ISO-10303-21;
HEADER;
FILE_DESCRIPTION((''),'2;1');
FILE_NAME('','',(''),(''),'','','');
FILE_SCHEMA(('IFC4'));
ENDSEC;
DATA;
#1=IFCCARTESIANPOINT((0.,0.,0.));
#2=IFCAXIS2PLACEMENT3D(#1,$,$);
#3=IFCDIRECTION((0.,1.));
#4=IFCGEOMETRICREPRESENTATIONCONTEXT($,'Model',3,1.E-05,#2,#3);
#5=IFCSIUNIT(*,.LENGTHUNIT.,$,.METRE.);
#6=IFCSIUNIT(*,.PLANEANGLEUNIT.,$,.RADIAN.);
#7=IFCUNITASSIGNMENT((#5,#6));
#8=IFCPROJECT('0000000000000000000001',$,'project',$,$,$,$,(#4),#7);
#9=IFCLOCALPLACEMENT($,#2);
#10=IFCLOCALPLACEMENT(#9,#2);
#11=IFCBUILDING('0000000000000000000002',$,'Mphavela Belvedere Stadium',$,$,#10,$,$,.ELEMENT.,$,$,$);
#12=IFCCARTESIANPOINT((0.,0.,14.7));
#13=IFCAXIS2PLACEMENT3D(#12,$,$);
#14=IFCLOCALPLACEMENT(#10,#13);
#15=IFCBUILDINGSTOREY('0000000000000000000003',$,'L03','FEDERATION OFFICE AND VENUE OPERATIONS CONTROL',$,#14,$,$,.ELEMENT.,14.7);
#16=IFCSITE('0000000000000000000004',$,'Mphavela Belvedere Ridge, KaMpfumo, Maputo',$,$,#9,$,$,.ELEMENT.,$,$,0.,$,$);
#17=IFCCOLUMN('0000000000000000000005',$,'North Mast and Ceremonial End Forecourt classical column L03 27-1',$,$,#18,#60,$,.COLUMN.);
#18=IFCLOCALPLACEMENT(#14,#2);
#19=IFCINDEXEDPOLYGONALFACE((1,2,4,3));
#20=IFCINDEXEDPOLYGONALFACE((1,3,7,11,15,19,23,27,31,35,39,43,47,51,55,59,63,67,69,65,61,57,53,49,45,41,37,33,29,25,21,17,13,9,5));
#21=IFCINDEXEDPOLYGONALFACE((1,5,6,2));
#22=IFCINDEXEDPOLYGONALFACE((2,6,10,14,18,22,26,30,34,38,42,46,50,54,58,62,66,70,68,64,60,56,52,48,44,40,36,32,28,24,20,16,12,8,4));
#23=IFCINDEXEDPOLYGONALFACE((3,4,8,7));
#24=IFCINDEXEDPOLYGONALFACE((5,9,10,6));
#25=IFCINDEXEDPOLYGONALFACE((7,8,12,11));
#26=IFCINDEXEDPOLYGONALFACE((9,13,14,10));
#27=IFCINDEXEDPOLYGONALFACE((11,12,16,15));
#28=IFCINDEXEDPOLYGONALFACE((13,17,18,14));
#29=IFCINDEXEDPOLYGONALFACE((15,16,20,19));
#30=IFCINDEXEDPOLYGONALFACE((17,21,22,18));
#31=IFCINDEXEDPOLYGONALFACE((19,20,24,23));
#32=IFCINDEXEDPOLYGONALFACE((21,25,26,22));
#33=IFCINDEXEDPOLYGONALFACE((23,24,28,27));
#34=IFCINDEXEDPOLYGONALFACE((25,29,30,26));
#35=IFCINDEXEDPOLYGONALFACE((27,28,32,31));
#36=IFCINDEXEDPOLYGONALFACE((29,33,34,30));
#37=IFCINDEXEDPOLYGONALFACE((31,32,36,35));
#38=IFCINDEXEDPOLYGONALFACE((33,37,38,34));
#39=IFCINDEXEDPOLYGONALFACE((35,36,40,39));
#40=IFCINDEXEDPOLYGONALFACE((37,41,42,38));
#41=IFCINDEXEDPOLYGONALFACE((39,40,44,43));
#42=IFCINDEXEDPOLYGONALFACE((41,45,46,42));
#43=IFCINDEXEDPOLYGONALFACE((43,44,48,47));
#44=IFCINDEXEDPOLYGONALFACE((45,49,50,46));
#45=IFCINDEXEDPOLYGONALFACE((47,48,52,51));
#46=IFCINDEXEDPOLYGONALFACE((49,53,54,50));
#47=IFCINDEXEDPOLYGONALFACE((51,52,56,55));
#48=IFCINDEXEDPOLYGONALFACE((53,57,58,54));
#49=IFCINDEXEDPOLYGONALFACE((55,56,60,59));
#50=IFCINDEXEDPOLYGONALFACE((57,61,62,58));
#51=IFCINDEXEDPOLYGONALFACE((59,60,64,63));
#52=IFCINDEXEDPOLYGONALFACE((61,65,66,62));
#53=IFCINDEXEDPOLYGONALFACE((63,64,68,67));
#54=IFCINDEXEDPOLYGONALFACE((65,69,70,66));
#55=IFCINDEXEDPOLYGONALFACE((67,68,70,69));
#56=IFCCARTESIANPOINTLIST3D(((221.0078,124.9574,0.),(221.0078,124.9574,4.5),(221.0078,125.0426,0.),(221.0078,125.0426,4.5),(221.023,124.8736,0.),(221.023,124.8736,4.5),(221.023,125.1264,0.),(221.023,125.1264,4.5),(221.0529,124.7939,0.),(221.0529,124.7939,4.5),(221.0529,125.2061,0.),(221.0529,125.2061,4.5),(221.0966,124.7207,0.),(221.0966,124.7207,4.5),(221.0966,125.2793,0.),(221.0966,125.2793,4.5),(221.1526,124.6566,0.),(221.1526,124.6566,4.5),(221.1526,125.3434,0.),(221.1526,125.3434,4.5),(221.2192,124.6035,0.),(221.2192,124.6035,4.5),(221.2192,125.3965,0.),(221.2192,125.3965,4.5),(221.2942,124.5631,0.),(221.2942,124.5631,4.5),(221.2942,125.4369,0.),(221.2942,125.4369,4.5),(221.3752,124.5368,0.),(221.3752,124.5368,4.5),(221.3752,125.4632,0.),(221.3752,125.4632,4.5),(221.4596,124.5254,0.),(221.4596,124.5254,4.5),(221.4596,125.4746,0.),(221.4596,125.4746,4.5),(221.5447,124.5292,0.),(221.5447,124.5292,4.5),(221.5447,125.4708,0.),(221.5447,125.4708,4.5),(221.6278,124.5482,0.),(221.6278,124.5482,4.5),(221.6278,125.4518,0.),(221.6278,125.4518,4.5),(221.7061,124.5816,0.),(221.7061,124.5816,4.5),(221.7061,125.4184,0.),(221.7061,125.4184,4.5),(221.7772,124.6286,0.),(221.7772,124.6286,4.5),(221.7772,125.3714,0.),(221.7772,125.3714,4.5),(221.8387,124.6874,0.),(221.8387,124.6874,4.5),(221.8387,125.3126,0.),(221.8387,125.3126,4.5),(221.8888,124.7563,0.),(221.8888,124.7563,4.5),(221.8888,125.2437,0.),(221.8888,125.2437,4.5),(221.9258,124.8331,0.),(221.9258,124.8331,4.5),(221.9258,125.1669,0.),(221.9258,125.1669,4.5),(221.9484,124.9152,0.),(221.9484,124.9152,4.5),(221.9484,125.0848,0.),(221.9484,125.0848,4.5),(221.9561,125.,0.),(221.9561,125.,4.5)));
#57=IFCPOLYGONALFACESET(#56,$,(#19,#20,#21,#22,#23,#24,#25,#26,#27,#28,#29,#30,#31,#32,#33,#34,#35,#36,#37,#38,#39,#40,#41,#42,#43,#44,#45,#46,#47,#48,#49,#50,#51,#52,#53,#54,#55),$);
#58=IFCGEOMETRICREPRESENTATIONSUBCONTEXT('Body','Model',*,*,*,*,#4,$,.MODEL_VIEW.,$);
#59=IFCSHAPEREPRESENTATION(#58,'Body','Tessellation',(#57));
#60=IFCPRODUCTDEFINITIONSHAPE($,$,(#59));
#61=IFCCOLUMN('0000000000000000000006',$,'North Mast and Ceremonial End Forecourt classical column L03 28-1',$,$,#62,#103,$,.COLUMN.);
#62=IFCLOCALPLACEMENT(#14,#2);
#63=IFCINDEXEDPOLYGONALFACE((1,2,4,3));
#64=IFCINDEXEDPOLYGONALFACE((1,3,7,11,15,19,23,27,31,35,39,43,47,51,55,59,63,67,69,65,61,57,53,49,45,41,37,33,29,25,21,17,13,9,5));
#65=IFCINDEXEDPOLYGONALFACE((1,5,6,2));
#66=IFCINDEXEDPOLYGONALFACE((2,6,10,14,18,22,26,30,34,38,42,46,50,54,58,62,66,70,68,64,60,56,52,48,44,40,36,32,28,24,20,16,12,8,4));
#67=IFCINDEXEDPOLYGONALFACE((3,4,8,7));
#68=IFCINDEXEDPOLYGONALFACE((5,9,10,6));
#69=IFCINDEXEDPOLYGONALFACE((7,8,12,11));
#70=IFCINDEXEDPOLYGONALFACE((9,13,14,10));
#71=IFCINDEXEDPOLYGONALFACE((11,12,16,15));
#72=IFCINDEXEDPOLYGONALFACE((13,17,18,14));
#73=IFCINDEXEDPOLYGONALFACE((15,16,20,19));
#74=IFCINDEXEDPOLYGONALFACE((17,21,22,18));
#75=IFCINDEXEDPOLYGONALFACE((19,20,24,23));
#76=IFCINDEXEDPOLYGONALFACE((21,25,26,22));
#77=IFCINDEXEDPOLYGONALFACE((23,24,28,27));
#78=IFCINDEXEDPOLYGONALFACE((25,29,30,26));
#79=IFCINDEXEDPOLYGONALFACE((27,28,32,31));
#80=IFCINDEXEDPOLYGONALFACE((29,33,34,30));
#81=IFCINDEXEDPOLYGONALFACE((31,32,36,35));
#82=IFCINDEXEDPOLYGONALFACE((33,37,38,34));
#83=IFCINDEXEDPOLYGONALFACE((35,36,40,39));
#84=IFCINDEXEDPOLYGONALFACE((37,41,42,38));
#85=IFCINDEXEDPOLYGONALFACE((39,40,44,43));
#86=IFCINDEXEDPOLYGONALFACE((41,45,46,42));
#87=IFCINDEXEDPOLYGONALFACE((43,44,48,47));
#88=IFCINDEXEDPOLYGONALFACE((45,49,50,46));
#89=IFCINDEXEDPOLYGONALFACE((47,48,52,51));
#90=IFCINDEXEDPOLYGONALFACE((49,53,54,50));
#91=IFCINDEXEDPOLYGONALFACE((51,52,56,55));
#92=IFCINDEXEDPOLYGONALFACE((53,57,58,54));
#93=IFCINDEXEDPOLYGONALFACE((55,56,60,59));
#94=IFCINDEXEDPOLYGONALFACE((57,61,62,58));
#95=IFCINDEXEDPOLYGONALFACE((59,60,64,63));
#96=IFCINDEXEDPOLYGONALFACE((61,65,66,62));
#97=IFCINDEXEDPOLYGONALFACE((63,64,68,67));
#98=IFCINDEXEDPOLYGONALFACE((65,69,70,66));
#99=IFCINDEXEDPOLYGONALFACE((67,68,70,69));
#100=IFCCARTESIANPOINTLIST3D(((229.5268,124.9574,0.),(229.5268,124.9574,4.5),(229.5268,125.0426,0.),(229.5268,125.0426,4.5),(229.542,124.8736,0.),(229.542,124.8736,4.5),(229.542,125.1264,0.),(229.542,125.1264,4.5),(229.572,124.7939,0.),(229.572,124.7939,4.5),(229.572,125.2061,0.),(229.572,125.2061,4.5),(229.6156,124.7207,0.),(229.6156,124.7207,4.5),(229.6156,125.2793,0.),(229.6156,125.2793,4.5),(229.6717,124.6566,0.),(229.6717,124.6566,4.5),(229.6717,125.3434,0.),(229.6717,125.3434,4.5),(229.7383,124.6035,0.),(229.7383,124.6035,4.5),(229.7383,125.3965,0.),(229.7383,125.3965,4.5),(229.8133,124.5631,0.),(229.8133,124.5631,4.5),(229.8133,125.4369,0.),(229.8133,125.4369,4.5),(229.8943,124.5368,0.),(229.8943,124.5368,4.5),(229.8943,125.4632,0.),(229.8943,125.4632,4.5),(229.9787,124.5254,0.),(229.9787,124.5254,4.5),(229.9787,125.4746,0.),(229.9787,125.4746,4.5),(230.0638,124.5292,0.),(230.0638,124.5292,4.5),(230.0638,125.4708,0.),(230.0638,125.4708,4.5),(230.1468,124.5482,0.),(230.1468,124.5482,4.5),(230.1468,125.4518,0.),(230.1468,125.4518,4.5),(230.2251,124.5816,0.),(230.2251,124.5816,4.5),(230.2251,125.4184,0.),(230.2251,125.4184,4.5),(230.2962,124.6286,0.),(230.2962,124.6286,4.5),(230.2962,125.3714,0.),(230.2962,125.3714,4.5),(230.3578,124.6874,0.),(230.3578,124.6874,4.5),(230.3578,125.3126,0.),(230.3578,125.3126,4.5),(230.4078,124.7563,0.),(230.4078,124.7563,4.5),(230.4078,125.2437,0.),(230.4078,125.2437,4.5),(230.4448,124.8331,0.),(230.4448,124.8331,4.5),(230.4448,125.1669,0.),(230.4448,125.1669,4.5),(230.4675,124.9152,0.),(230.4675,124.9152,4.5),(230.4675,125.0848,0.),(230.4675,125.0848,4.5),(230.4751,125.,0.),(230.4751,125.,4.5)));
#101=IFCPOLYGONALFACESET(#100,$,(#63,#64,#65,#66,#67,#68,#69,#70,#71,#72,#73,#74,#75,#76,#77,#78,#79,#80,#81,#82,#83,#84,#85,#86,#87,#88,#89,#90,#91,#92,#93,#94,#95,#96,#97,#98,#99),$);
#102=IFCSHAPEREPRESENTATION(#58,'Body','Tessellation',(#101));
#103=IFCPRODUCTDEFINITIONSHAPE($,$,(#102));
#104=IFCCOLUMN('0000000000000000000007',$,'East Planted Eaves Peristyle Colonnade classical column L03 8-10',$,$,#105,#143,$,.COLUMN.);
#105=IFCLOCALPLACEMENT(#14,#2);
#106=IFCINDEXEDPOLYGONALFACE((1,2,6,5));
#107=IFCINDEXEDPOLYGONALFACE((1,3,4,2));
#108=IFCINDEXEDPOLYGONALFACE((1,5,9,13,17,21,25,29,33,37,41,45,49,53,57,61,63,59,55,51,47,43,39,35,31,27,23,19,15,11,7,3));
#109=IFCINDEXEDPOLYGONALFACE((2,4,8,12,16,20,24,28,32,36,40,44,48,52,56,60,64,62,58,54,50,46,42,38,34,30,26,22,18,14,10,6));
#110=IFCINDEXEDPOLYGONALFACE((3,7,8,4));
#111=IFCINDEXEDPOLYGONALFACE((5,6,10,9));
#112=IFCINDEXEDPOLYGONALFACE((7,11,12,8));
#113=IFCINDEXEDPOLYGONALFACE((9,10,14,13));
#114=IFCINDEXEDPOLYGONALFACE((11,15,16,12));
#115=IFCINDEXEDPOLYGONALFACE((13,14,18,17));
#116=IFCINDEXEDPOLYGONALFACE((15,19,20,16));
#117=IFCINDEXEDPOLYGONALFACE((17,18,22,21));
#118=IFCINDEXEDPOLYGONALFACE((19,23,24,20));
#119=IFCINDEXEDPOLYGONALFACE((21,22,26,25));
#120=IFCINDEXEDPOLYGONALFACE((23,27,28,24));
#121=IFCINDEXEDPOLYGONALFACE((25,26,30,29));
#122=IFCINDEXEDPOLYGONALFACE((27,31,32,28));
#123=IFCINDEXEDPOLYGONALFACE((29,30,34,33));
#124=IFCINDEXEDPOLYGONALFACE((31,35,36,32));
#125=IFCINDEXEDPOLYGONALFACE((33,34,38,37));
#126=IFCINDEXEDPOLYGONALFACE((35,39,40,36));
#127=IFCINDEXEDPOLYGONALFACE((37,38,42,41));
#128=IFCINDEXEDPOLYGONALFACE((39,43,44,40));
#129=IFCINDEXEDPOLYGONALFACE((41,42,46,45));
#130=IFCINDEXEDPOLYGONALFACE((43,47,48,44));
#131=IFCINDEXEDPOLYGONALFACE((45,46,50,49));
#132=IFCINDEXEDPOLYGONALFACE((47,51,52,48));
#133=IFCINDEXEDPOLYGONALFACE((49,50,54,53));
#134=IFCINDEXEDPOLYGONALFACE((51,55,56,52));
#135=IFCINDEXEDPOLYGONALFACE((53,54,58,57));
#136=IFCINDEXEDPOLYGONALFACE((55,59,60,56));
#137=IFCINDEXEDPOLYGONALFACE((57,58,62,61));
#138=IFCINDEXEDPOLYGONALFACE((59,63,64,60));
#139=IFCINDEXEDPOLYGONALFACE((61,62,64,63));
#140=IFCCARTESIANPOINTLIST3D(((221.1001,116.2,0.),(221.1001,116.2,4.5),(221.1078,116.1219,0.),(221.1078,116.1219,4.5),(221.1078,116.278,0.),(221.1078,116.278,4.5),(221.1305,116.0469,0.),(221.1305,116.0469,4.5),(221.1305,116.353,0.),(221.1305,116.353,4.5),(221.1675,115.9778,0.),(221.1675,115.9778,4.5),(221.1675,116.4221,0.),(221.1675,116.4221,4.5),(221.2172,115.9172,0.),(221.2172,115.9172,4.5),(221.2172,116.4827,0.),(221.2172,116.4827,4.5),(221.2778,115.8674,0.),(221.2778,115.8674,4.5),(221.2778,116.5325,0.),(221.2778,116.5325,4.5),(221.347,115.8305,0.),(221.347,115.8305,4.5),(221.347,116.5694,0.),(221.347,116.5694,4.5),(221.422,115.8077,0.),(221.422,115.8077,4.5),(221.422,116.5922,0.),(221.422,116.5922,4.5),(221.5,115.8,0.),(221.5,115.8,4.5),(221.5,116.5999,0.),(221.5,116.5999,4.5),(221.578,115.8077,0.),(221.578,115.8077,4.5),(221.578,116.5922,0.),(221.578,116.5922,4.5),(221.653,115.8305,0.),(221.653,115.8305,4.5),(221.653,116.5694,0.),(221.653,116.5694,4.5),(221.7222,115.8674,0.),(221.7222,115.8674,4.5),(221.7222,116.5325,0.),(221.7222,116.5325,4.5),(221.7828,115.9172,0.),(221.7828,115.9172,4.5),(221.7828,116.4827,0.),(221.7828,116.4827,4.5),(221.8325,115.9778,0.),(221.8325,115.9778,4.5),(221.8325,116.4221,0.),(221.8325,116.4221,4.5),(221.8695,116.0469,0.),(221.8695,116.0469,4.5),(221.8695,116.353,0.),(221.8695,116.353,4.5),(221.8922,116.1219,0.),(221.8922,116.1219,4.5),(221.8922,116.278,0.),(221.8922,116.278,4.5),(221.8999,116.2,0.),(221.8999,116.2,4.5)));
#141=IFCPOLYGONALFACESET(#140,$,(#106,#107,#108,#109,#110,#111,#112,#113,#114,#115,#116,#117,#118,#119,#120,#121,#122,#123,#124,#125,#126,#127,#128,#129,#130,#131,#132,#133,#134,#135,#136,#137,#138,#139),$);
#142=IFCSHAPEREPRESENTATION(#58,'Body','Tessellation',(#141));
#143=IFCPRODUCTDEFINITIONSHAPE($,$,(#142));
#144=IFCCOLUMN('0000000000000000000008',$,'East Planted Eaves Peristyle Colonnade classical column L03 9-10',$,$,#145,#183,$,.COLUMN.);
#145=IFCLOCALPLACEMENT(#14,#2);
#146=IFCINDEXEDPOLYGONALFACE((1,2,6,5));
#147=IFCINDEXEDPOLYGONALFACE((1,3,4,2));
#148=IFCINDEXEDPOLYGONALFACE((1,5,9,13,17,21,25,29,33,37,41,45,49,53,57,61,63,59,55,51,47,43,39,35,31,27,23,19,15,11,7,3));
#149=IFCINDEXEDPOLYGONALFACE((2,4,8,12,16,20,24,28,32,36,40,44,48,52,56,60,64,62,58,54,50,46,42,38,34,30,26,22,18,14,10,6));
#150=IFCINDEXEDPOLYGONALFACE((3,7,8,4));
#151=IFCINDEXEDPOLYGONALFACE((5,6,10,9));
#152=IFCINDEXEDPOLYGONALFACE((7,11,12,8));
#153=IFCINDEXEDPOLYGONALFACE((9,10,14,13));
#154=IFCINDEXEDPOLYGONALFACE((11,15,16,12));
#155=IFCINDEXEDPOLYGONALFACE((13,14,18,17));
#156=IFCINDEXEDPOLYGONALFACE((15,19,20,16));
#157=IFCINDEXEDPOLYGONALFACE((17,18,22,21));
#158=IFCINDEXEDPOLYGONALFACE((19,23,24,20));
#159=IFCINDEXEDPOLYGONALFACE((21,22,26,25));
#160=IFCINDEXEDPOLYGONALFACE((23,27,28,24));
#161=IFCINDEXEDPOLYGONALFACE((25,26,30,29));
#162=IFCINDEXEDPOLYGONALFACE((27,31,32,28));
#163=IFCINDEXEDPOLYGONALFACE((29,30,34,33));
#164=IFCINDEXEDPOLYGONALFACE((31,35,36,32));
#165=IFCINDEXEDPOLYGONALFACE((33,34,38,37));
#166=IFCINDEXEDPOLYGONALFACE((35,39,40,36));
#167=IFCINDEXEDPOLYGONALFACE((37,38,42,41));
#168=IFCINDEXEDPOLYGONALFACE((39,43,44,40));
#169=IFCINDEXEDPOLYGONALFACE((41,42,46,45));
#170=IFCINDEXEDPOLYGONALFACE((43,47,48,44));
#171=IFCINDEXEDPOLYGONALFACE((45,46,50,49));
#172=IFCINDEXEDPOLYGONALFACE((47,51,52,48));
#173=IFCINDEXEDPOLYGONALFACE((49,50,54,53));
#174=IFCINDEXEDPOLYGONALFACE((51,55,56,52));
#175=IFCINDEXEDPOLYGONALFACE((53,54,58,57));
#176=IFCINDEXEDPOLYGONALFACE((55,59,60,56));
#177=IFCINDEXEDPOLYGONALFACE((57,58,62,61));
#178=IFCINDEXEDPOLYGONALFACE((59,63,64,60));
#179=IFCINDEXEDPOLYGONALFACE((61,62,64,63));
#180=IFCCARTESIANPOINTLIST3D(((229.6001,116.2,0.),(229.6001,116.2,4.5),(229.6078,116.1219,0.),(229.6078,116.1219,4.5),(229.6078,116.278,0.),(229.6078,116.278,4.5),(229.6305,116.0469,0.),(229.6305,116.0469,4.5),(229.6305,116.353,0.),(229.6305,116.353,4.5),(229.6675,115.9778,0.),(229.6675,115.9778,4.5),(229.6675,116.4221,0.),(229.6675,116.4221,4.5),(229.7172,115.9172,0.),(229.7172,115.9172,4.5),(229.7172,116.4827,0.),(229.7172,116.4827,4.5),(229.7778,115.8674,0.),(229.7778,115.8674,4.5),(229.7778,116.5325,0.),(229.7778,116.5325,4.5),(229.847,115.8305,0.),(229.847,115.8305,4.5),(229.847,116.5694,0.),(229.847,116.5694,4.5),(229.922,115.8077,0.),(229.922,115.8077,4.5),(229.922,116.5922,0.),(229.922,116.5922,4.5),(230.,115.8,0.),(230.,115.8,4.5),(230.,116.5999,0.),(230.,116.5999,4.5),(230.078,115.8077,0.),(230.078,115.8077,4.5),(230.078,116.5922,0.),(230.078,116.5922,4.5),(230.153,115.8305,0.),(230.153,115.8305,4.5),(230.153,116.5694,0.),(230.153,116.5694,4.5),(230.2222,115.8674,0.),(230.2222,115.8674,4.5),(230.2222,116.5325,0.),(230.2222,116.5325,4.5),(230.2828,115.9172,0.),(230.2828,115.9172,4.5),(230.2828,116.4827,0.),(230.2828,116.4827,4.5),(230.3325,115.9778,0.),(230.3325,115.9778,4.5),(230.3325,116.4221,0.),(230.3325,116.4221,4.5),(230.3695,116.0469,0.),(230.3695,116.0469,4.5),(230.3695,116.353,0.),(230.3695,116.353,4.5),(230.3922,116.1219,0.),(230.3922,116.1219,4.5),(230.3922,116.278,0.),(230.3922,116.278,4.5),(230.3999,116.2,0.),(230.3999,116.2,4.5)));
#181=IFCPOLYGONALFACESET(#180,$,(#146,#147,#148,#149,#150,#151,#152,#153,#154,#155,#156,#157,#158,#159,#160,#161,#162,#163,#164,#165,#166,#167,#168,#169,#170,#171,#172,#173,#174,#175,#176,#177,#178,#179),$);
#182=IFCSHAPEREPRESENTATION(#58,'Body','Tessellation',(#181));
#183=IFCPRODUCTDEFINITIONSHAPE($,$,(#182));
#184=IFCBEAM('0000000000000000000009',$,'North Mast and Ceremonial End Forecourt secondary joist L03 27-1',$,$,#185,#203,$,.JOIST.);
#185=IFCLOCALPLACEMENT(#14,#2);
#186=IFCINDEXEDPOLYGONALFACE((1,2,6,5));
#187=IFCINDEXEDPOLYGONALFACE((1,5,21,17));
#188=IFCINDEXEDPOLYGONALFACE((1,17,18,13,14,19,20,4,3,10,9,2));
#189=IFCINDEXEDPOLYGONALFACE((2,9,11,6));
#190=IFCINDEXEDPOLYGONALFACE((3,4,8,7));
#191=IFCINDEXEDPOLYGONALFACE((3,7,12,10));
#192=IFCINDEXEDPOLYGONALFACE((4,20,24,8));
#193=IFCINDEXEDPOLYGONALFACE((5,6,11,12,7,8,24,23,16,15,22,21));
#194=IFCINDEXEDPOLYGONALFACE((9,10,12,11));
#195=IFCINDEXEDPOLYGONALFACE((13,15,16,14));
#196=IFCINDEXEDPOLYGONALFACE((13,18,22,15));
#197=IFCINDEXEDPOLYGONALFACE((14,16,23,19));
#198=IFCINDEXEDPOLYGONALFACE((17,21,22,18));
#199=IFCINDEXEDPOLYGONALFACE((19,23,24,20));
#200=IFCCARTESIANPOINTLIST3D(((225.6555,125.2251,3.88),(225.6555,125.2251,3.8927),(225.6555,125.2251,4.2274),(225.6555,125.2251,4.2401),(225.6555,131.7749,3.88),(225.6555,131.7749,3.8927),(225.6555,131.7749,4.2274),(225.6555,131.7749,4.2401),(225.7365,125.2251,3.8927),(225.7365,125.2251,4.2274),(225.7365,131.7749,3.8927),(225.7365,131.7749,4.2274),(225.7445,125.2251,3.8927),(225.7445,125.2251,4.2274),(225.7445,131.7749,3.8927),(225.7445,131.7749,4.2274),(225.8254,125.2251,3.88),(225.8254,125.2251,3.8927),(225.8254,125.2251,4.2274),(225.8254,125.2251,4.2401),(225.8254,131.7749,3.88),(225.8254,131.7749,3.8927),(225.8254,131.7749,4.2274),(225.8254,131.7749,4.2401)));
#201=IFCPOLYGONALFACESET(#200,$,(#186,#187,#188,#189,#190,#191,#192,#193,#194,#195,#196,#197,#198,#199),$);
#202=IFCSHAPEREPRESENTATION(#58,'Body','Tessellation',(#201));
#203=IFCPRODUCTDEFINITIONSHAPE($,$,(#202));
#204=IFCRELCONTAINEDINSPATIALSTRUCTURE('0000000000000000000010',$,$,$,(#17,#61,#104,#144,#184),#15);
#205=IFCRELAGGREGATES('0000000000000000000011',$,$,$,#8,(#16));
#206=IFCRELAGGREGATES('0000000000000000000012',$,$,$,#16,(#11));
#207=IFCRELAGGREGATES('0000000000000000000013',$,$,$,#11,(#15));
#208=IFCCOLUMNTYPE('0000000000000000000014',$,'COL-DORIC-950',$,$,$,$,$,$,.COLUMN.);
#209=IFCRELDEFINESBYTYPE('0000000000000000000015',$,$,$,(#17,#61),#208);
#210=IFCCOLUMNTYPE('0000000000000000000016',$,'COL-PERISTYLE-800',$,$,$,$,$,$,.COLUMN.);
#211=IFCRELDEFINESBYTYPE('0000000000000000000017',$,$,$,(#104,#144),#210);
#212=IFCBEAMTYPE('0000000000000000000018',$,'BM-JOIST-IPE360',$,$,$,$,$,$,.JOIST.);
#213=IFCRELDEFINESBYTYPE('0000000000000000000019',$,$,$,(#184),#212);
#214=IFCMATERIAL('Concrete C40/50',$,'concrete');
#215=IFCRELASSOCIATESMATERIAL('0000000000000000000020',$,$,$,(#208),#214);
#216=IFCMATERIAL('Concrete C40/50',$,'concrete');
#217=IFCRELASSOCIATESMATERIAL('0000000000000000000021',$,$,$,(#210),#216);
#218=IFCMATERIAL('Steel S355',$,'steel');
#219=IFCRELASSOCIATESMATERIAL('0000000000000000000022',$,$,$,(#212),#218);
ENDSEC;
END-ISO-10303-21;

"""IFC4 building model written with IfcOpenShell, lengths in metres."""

from ifc_helpers import new_model, si_unit, direction, frame, origin, origin_2d, place, context, subcontext, project, spatial, circle, i_section, extrude, material, material_profile, profile_set, type_object, element, save


model = new_model("IFC4")

# Units and contexts
model_context = context("Model", 3, precision=1e-05, world=origin(), true_north=direction((0.0, 1.0)))
body_context = subcontext(model_context, "Body", "Model", "MODEL_VIEW")
ifc_project = project(units=[si_unit("LENGTHUNIT", "METRE"), si_unit("PLANEANGLEUNIT", "RADIAN")], contexts=[model_context])

# Site, building, storey
site_placement = place(None, origin())
site = spatial("IfcSite", under=ifc_project, at=site_placement, Name="Mphavela Belvedere Ridge, KaMpfumo, Maputo", CompositionType="ELEMENT", RefElevation=0.0)
building_placement = place(site_placement, origin())
building = spatial("IfcBuilding", under=site, at=building_placement, Name="Mphavela Belvedere Stadium", CompositionType="ELEMENT")
storey_placement = place(building_placement, frame((0.0, 0.0, 14.7)))
storey = spatial("IfcBuildingStorey", under=building, at=storey_placement, Name="L03", Description="FEDERATION OFFICE AND VENUE OPERATIONS CONTROL", CompositionType="ELEMENT", Elevation=14.7)

# Columns
ifc_material_1 = material(Name="Concrete C40/50", Category="concrete")
ifc_material_profile_1 = material_profile(ifc_material_1, circle(Radius=0.4751, at=origin_2d()), Name="COL D950")
ifc_profile_set_1 = profile_set([ifc_material_profile_1], Name="Concrete C40/50")
column_type_1 = type_object("IfcColumnType", Name="COL-DORIC-950", PredefinedType="COLUMN", material=ifc_profile_set_1)
for number, where, z_axis, x_axis, name in (
    (1, (221.481, 125.0, 0.0), (0.0, 0.0, 1.0), (1.0, 0.0, 0.0), "North Mast and Ceremonial End Forecourt classical column L03 27-1"),
    (2, (230.0, 125.0, 0.0), (0.0, 0.0, 1.0), (1.0, 0.0, 0.0), "North Mast and Ceremonial End Forecourt classical column L03 28-1"),
):
    element("IfcColumn", number, at=place(storey_placement, frame(where, z_axis=z_axis, x_axis=x_axis)), inside=storey, type_object=column_type_1, Name=name, PredefinedType="COLUMN", context=body_context, shape_type="SweptSolid", body=[
        extrude(circle(Radius=0.4751, at=origin_2d()), origin(), (0.0, 0.0, 1.0), 4.5),
    ])
ifc_material_2 = material(Name="Concrete C40/50", Category="concrete")
ifc_material_profile_2 = material_profile(ifc_material_2, circle(Radius=0.3999, at=origin_2d()), Name="COL D800")
ifc_profile_set_2 = profile_set([ifc_material_profile_2], Name="Concrete C40/50")
column_type_2 = type_object("IfcColumnType", Name="COL-PERISTYLE-800", PredefinedType="COLUMN", material=ifc_profile_set_2)
for number, where, z_axis, x_axis, name in (
    (3, (221.5, 116.2, 0.0), (0.0, 0.0, 1.0), (1.0, 0.0, 0.0), "East Planted Eaves Peristyle Colonnade classical column L03 8-10"),
    (4, (230.0, 116.2, 0.0), (0.0, 0.0, 1.0), (1.0, 0.0, 0.0), "East Planted Eaves Peristyle Colonnade classical column L03 9-10"),
):
    element("IfcColumn", number, at=place(storey_placement, frame(where, z_axis=z_axis, x_axis=x_axis)), inside=storey, type_object=column_type_2, Name=name, PredefinedType="COLUMN", context=body_context, shape_type="SweptSolid", body=[
        extrude(circle(Radius=0.3999, at=origin_2d()), origin(), (0.0, 0.0, 1.0), 4.5),
    ])

# Beam
ifc_material_3 = material(Name="Steel S355", Category="steel")
ifc_material_profile_3 = material_profile(ifc_material_3, i_section(OverallWidth=0.1699, OverallDepth=0.3601, WebThickness=0.0081, FlangeThickness=0.0127, at=origin_2d()), Name="IPE 360")
ifc_profile_set_3 = profile_set([ifc_material_profile_3], Name="Steel S355")
beam_type_1 = type_object("IfcBeamType", Name="BM-JOIST-IPE360", PredefinedType="JOIST", material=ifc_profile_set_3)
beam_1_placement = place(storey_placement, frame((225.7405, 125.2251, 4.0601), z_axis=(0.0, 1.0, 0.0), x_axis=(-1.0, 0.0, 0.0)))
element("IfcBeam", 5, at=beam_1_placement, inside=storey, type_object=beam_type_1, Name="North Mast and Ceremonial End Forecourt secondary joist L03 27-1", PredefinedType="JOIST", context=body_context, shape_type="SweptSolid", body=[
    extrude(i_section(OverallWidth=0.1699, OverallDepth=0.3601, WebThickness=0.0081, FlangeThickness=0.0127, at=origin_2d()), origin(), (0.0, 0.0, 1.0), 6.5498),
])

save(model, "model.ifc")
